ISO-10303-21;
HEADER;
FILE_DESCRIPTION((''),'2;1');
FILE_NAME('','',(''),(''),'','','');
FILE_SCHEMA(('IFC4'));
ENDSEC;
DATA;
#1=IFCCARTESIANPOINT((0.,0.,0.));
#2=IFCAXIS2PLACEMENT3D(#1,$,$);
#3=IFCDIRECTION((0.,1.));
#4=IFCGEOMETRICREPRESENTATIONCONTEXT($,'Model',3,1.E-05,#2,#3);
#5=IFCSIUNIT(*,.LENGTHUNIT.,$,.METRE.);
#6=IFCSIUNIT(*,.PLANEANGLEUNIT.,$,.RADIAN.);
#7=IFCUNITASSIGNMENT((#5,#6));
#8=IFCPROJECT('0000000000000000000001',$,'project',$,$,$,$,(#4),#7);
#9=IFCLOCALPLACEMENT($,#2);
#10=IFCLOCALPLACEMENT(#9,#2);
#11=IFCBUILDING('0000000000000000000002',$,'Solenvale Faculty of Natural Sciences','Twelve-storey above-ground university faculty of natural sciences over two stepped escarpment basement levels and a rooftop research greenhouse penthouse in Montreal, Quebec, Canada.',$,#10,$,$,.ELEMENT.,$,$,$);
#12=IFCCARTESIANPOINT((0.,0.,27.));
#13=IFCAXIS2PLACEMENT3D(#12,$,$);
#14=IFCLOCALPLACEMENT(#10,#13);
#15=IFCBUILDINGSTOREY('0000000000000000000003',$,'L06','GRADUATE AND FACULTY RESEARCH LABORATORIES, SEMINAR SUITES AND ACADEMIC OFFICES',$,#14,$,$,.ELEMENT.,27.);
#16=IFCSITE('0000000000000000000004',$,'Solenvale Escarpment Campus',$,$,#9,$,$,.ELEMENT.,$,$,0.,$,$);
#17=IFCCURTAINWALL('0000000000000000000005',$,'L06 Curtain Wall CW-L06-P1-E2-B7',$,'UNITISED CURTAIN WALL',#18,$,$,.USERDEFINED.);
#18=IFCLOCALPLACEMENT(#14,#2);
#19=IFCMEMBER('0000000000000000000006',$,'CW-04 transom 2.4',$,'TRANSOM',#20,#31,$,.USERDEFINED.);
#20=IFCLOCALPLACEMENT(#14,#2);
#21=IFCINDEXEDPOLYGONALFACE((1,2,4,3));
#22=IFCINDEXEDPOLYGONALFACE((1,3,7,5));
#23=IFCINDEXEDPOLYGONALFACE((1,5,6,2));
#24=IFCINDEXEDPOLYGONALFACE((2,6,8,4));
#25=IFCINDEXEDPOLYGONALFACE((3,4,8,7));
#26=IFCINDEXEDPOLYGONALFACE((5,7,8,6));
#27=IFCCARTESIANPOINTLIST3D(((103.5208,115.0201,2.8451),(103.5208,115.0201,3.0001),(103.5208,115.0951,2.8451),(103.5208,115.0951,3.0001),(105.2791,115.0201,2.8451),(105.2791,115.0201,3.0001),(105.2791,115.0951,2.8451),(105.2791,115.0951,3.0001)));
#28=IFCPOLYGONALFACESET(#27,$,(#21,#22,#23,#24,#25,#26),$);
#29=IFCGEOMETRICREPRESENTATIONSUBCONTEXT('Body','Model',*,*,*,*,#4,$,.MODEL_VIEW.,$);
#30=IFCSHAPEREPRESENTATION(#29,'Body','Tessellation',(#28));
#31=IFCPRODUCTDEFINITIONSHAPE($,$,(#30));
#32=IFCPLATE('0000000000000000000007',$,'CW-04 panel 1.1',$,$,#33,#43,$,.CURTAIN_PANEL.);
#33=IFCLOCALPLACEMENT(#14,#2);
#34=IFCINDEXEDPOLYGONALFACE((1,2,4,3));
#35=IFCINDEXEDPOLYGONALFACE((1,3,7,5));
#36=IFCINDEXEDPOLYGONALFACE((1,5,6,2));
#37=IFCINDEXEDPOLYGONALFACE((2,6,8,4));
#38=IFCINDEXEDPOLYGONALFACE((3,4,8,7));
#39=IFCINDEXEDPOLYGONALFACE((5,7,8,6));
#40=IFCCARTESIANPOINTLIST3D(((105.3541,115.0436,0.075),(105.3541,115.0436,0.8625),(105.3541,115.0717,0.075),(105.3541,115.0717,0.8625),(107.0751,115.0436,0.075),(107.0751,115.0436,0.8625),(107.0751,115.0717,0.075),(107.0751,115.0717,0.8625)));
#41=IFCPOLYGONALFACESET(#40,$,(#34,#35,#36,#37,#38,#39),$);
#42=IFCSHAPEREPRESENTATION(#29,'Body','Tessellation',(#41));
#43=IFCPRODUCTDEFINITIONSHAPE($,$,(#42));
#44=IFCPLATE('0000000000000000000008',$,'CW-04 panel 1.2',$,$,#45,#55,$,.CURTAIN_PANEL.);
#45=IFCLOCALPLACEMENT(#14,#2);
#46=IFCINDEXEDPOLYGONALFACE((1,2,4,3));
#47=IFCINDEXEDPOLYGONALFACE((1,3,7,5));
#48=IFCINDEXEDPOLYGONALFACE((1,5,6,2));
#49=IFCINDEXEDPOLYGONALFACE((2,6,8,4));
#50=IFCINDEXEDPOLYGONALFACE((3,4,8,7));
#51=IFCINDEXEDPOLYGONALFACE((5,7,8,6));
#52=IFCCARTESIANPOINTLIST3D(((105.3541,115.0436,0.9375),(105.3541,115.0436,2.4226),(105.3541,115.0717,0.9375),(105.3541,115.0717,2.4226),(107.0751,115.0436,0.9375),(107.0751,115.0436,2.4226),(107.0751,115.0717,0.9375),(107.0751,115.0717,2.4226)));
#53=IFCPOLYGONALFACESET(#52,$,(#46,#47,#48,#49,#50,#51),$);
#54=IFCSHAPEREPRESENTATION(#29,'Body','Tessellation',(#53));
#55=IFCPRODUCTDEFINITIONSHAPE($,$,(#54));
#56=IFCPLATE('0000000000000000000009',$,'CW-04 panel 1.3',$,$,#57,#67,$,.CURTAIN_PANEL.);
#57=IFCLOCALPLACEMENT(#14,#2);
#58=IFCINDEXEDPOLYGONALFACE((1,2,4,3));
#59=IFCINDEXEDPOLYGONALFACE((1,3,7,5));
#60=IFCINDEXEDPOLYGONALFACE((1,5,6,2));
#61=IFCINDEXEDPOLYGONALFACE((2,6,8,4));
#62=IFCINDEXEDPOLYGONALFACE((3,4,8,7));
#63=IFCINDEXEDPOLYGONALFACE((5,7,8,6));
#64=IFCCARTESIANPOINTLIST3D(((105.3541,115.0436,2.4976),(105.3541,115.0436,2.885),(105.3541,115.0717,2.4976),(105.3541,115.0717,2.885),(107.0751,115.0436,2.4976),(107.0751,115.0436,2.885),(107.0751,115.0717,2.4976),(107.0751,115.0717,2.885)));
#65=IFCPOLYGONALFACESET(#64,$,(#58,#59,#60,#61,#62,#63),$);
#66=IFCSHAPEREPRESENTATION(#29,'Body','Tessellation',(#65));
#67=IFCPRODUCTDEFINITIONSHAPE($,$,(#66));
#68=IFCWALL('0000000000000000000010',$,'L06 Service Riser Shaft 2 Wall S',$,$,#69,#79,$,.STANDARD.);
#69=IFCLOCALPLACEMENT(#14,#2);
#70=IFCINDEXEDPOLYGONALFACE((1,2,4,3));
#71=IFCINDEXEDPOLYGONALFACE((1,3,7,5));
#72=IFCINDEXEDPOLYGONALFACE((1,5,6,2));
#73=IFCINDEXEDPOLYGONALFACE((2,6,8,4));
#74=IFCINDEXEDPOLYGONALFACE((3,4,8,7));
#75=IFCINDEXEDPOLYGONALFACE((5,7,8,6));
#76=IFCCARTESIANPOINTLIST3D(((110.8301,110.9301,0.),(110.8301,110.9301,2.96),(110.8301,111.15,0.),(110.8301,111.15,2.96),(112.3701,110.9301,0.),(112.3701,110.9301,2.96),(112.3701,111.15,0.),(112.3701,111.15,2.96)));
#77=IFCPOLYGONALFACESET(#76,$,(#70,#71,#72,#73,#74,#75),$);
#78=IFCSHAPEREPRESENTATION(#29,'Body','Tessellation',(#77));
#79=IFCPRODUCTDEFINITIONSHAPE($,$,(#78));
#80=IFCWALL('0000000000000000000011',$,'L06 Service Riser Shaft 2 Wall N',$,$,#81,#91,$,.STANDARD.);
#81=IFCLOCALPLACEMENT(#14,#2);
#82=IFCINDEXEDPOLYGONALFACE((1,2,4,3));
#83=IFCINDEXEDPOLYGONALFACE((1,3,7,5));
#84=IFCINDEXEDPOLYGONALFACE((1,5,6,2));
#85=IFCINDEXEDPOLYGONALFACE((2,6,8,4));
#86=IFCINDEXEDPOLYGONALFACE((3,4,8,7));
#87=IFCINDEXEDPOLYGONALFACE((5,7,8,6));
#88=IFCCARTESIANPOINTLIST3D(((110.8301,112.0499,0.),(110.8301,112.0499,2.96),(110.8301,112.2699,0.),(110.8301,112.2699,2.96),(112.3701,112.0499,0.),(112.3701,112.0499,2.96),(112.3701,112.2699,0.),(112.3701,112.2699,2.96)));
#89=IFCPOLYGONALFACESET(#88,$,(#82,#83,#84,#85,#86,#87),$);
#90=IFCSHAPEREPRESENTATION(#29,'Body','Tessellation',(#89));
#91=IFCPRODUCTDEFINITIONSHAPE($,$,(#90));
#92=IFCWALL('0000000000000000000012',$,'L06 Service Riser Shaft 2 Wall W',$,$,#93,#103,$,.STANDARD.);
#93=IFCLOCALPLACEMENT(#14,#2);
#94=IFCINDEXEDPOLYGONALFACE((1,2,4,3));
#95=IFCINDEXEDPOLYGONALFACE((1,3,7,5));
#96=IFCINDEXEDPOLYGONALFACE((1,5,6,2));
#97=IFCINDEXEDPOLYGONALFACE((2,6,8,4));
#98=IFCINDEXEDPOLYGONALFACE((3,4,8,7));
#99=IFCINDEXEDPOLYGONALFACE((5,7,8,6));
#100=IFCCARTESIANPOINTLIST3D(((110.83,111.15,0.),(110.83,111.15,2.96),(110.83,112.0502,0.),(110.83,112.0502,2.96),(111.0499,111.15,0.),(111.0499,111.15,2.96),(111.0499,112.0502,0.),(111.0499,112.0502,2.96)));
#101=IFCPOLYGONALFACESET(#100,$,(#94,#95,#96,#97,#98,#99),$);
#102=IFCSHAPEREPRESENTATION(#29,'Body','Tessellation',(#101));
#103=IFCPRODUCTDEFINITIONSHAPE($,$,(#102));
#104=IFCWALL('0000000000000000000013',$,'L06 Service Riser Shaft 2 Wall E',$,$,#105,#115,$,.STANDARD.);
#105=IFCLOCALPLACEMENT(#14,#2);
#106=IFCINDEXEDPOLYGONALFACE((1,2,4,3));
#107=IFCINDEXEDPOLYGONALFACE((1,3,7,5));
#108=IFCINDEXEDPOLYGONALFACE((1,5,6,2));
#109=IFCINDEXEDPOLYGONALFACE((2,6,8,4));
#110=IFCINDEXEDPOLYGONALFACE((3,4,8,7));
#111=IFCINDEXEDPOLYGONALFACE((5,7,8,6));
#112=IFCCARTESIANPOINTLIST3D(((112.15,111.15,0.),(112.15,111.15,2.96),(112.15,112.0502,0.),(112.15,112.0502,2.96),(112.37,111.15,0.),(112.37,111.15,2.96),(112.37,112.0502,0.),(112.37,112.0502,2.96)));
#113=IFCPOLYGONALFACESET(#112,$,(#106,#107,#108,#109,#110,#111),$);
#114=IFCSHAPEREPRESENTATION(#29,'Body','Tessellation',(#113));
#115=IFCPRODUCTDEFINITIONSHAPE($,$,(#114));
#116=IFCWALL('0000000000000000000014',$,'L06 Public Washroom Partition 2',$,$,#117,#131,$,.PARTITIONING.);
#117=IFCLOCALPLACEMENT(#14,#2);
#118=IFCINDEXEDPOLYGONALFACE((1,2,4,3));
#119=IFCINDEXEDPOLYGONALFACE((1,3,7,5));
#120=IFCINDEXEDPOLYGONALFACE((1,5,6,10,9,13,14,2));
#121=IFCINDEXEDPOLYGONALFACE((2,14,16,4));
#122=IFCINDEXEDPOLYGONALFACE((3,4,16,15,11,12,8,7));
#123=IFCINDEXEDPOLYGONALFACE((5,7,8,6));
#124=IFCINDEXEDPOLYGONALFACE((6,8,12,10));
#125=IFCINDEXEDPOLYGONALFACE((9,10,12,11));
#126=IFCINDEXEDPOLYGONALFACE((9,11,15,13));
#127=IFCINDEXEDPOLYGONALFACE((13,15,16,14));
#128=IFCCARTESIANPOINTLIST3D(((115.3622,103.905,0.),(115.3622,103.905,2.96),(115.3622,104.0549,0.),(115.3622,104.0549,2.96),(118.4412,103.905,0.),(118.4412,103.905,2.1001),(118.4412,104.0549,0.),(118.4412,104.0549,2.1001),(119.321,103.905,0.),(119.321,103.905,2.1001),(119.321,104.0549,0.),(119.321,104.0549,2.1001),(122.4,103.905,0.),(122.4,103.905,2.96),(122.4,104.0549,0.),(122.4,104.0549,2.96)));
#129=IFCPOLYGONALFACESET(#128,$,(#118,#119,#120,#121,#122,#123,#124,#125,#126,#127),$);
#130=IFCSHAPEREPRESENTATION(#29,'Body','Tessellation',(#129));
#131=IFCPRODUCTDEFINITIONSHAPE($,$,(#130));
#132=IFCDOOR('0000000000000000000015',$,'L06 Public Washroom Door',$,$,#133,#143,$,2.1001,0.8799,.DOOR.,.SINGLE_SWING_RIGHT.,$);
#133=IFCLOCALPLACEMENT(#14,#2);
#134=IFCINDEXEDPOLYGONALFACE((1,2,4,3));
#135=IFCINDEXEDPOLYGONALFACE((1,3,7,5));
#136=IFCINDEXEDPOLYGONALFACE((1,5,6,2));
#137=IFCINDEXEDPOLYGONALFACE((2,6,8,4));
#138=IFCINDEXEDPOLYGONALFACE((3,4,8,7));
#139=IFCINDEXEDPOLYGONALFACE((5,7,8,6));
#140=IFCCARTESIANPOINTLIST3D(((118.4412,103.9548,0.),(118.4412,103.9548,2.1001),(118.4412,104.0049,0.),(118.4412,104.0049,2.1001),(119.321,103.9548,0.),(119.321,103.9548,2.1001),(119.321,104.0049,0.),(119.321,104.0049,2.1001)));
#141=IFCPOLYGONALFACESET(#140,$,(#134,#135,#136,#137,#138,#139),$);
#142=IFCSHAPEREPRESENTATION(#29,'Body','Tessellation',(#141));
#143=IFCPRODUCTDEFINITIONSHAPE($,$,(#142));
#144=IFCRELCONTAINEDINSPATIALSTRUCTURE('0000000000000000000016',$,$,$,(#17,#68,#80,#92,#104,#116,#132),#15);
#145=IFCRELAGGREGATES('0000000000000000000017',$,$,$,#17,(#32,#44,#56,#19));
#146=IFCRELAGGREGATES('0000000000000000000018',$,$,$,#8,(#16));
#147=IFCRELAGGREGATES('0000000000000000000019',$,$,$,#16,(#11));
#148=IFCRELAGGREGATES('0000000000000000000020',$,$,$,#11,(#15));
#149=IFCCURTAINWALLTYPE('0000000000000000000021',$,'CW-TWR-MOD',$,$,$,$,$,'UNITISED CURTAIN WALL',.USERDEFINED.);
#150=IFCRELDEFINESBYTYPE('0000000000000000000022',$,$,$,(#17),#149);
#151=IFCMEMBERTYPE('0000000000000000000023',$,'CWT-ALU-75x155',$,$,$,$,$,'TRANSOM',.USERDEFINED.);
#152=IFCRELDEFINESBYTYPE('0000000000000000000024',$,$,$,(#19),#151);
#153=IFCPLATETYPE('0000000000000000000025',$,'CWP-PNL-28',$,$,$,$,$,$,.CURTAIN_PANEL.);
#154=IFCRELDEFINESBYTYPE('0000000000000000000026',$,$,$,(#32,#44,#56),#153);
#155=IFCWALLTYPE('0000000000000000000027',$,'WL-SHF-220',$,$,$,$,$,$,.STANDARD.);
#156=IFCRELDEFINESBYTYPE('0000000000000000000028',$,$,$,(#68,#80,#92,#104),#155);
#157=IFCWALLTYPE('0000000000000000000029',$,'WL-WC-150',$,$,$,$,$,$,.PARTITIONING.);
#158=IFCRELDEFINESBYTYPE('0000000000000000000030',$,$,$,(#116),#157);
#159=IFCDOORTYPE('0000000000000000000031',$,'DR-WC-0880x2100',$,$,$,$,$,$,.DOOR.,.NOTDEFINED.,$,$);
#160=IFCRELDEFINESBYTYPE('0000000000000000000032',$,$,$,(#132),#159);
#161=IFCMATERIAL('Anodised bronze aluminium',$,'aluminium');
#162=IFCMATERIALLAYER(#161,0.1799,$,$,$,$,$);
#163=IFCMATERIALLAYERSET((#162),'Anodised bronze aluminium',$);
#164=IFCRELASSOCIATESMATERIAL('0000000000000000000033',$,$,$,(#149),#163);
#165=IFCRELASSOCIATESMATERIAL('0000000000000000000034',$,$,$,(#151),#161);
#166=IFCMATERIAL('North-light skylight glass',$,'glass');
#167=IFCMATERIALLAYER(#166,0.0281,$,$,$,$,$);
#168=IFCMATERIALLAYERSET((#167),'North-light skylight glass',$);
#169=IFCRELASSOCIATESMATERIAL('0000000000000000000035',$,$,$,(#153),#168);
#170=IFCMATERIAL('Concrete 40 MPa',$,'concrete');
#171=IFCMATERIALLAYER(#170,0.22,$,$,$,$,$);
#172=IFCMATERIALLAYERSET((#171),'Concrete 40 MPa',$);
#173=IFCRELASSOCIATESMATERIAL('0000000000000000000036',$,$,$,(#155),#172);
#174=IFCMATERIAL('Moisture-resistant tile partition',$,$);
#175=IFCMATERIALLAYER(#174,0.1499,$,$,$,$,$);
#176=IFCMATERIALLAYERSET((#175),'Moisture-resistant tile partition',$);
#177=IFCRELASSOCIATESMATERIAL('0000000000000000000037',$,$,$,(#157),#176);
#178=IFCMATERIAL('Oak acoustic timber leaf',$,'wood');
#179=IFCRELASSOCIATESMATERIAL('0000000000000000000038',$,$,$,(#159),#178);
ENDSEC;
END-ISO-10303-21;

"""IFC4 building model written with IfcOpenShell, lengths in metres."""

from ifc_helpers import new_model, si_unit, direction, frame, frame_2d, origin, origin_2d, place, context, subcontext, project, spatial, rectangle, extrude, material, layer, layer_set, material_profile, profile_set, type_object, element, fill, aggregate, save


model = new_model("IFC4")

# Units and contexts
model_context = context("Model", 3, precision=1e-05, world=origin(), true_north=direction((0.0, 1.0)))
body_context = subcontext(model_context, "Body", "Model", "MODEL_VIEW")
ifc_project = project(units=[si_unit("LENGTHUNIT", "METRE"), si_unit("PLANEANGLEUNIT", "RADIAN")], contexts=[model_context])

# Site, building, storey
site_placement = place(None, origin())
site = spatial("IfcSite", under=ifc_project, at=site_placement, Name="Solenvale Escarpment Campus", CompositionType="ELEMENT", RefElevation=0.0)
building_placement = place(site_placement, origin())
building = spatial("IfcBuilding", under=site, at=building_placement, Name="Solenvale Faculty of Natural Sciences", Description="Twelve-storey above-ground university faculty of natural sciences over two stepped escarpment basement levels and a rooftop research greenhouse penthouse in Montreal, Quebec, Canada.", CompositionType="ELEMENT")
storey_placement = place(building_placement, frame((0.0, 0.0, 27.0)))
storey = spatial("IfcBuildingStorey", under=building, at=storey_placement, Name="L06", Description="GRADUATE AND FACULTY RESEARCH LABORATORIES, SEMINAR SUITES AND ACADEMIC OFFICES", CompositionType="ELEMENT", Elevation=27.0)

# Shared definitions
ifc_material_1 = material(Name="Concrete 40 MPa", Category="concrete")

# Curtain wall, member, plates
ifc_material_2 = material(Name="Anodised bronze aluminium", Category="aluminium")
ifc_layer_1 = layer(ifc_material_2, 0.1799)
ifc_layer_set_1 = layer_set([ifc_layer_1], Name="Anodised bronze aluminium")
curtain_wall_type = type_object("IfcCurtainWallType", Name="CW-TWR-MOD", ElementType="UNITISED CURTAIN WALL", PredefinedType="USERDEFINED", material=ifc_layer_set_1)
curtain_wall_placement = place(storey_placement, origin())
curtain_wall = element("IfcCurtainWall", 1, at=curtain_wall_placement, inside=storey, type_object=curtain_wall_type, Name="L06 Curtain Wall CW-L06-P1-E2-B7", ObjectType="UNITISED CURTAIN WALL", PredefinedType="USERDEFINED")
ifc_material_profile_1 = material_profile(ifc_material_2, rectangle(XDim=0.075, YDim=0.155, at=origin_2d()), Name="ALU-TRN-75x155")
ifc_profile_set_1 = profile_set([ifc_material_profile_1], Name="Anodised bronze aluminium")
member_type_1 = type_object("IfcMemberType", Name="CWT-ALU-75x155", ElementType="TRANSOM", PredefinedType="USERDEFINED", material=ifc_profile_set_1)
member_1_placement = place(storey_placement, frame((105.2791, 115.0576, 2.9226), z_axis=(-1.0, 0.0, 0.0), x_axis=(0.0, -1.0, 0.0)))
member_1 = element("IfcMember", 2, at=member_1_placement, type_object=member_type_1, Name="CW-04 transom 2.4", ObjectType="TRANSOM", PredefinedType="USERDEFINED", context=body_context, shape_type="SweptSolid", body=[
    extrude(rectangle(XDim=0.075, YDim=0.155, at=origin_2d()), origin(), (0.0, 0.0, 1.0), 1.7583),
])
ifc_material_3 = material(Name="North-light skylight glass", Category="glass")
ifc_layer_2 = layer(ifc_material_3, 0.0281)
ifc_layer_set_2 = layer_set([ifc_layer_2], Name="North-light skylight glass")
plate_type = type_object("IfcPlateType", Name="CWP-PNL-28", PredefinedType="CURTAIN_PANEL", material=ifc_layer_set_2)
plate_1_placement = place(storey_placement, frame((106.2146, 115.0576, 0.075), z_axis=(0.0, 0.0, 1.0), x_axis=(-1.0, 0.0, 0.0)))
plate_1 = element("IfcPlate", 3, at=plate_1_placement, type_object=plate_type, Name="CW-04 panel 1.1", PredefinedType="CURTAIN_PANEL", context=body_context, shape_type="SweptSolid", body=[
    extrude(rectangle(XDim=1.7209, YDim=0.0281, at=origin_2d()), origin(), (0.0, 0.0, 1.0), 0.7876),
])
plate_2_placement = place(storey_placement, frame((106.2146, 115.0576, 0.9375), z_axis=(0.0, 0.0, 1.0), x_axis=(-1.0, 0.0, 0.0)))
plate_2 = element("IfcPlate", 4, at=plate_2_placement, type_object=plate_type, Name="CW-04 panel 1.2", PredefinedType="CURTAIN_PANEL", context=body_context, shape_type="SweptSolid", body=[
    extrude(rectangle(XDim=1.7209, YDim=0.0281, at=origin_2d()), origin(), (0.0, 0.0, 1.0), 1.4851),
])
plate_3_placement = place(storey_placement, frame((106.2146, 115.0576, 2.4976), z_axis=(0.0, 0.0, 1.0), x_axis=(-1.0, 0.0, 0.0)))
plate_3 = element("IfcPlate", 5, at=plate_3_placement, type_object=plate_type, Name="CW-04 panel 1.3", PredefinedType="CURTAIN_PANEL", context=body_context, shape_type="SweptSolid", body=[
    extrude(rectangle(XDim=1.7209, YDim=0.0281, at=origin_2d()), origin(), (0.0, 0.0, 1.0), 0.3875),
])
aggregate(curtain_wall, [plate_1, plate_2, plate_3, member_1])

# Walls
ifc_layer_3 = layer(ifc_material_1, 0.22)
ifc_layer_set_3 = layer_set([ifc_layer_3], Name="Concrete 40 MPa")
wall_type_1 = type_object("IfcWallType", Name="WL-SHF-220", PredefinedType="STANDARD", material=ifc_layer_set_3)
for number, where, z_axis, x_axis, name in (
    (6, (110.8301, 111.04, 0.0), (0.0, 0.0, 1.0), (1.0, 0.0, 0.0), "L06 Service Riser Shaft 2 Wall S"),
    (7, (110.8301, 112.1599, 0.0), (0.0, 0.0, 1.0), (1.0, 0.0, 0.0), "L06 Service Riser Shaft 2 Wall N"),
):
    element("IfcWall", number, at=place(storey_placement, frame(where, z_axis=z_axis, x_axis=x_axis)), inside=storey, type_object=wall_type_1, Name=name, PredefinedType="STANDARD", context=body_context, shape_type="SweptSolid", body=[
        extrude(rectangle(XDim=1.54, YDim=0.22, at=frame_2d((0.77, 0.0))), origin(), (0.0, 0.0, 1.0), 2.96),
    ])
for number, where, z_axis, x_axis, name in (
    (8, (110.9399, 111.1499, 0.0), (0.0, 0.0, 1.0), (0.0, 1.0, 0.0), "L06 Service Riser Shaft 2 Wall W"),
    (9, (112.26, 111.1499, 0.0), (0.0, 0.0, 1.0), (0.0, 1.0, 0.0), "L06 Service Riser Shaft 2 Wall E"),
):
    element("IfcWall", number, at=place(storey_placement, frame(where, z_axis=z_axis, x_axis=x_axis)), inside=storey, type_object=wall_type_1, Name=name, PredefinedType="STANDARD", context=body_context, shape_type="SweptSolid", body=[
        extrude(rectangle(XDim=0.9001, YDim=0.22, at=frame_2d((0.4502, 0.0))), origin(), (0.0, 0.0, 1.0), 2.96),
    ])

# Wall, opening, door
ifc_material_4 = material(Name="Moisture-resistant tile partition")
ifc_layer_4 = layer(ifc_material_4, 0.1499)
ifc_layer_set_4 = layer_set([ifc_layer_4], Name="Moisture-resistant tile partition")
wall_type_2 = type_object("IfcWallType", Name="WL-WC-150", PredefinedType="PARTITIONING", material=ifc_layer_set_4)
wall_placement = place(storey_placement, frame((115.3621, 103.98, 0.0), z_axis=(0.0, 0.0, 1.0), x_axis=(1.0, 0.0, 0.0)))
wall = element("IfcWall", 10, at=wall_placement, inside=storey, type_object=wall_type_2, Name="L06 Public Washroom Partition 2", PredefinedType="PARTITIONING", context=body_context, shape_type="SweptSolid", body=[
    extrude(rectangle(XDim=7.0378, YDim=0.1499, at=frame_2d((3.519, 0.0))), origin(), (0.0, 0.0, 1.0), 2.96),
])
opening_placement = place(wall_placement, frame((3.0791, 0.0, 0.0)))
opening = element("IfcOpeningElement", 11, at=opening_placement, cuts=wall, PredefinedType="OPENING", context=body_context, shape_type="SweptSolid", body=[
    extrude(rectangle(XDim=0.8799, YDim=2.1001, at=frame_2d((0.4399, 1.05))), frame((0.0, 0.085, 0.0), z_axis=(0.0, -1.0, 0.0), x_axis=(1.0, 0.0, 0.0)), (0.0, 0.0, 1.0), 0.1699),
])
ifc_material_5 = material(Name="Oak acoustic timber leaf", Category="wood")
door_type = type_object("IfcDoorType", Name="DR-WC-0880x2100", OperationType="NOTDEFINED", PredefinedType="DOOR", material=ifc_material_5)
door_placement = place(opening_placement, origin())
door = element("IfcDoor", 12, at=door_placement, inside=storey, type_object=door_type, Name="L06 Public Washroom Door", OperationType="SINGLE_SWING_RIGHT", OverallHeight=2.1001, OverallWidth=0.8799, PredefinedType="DOOR", context=body_context, shape_type="SweptSolid", body=[
    extrude(rectangle(XDim=0.8799, YDim=2.1001, at=frame_2d((0.4399, 1.05))), frame((0.0, 0.0249, 0.0), z_axis=(0.0, -1.0, 0.0), x_axis=(1.0, 0.0, 0.0)), (0.0, 0.0, 1.0), 0.05),
])
fill(opening, door)

save(model, "model.ifc")
